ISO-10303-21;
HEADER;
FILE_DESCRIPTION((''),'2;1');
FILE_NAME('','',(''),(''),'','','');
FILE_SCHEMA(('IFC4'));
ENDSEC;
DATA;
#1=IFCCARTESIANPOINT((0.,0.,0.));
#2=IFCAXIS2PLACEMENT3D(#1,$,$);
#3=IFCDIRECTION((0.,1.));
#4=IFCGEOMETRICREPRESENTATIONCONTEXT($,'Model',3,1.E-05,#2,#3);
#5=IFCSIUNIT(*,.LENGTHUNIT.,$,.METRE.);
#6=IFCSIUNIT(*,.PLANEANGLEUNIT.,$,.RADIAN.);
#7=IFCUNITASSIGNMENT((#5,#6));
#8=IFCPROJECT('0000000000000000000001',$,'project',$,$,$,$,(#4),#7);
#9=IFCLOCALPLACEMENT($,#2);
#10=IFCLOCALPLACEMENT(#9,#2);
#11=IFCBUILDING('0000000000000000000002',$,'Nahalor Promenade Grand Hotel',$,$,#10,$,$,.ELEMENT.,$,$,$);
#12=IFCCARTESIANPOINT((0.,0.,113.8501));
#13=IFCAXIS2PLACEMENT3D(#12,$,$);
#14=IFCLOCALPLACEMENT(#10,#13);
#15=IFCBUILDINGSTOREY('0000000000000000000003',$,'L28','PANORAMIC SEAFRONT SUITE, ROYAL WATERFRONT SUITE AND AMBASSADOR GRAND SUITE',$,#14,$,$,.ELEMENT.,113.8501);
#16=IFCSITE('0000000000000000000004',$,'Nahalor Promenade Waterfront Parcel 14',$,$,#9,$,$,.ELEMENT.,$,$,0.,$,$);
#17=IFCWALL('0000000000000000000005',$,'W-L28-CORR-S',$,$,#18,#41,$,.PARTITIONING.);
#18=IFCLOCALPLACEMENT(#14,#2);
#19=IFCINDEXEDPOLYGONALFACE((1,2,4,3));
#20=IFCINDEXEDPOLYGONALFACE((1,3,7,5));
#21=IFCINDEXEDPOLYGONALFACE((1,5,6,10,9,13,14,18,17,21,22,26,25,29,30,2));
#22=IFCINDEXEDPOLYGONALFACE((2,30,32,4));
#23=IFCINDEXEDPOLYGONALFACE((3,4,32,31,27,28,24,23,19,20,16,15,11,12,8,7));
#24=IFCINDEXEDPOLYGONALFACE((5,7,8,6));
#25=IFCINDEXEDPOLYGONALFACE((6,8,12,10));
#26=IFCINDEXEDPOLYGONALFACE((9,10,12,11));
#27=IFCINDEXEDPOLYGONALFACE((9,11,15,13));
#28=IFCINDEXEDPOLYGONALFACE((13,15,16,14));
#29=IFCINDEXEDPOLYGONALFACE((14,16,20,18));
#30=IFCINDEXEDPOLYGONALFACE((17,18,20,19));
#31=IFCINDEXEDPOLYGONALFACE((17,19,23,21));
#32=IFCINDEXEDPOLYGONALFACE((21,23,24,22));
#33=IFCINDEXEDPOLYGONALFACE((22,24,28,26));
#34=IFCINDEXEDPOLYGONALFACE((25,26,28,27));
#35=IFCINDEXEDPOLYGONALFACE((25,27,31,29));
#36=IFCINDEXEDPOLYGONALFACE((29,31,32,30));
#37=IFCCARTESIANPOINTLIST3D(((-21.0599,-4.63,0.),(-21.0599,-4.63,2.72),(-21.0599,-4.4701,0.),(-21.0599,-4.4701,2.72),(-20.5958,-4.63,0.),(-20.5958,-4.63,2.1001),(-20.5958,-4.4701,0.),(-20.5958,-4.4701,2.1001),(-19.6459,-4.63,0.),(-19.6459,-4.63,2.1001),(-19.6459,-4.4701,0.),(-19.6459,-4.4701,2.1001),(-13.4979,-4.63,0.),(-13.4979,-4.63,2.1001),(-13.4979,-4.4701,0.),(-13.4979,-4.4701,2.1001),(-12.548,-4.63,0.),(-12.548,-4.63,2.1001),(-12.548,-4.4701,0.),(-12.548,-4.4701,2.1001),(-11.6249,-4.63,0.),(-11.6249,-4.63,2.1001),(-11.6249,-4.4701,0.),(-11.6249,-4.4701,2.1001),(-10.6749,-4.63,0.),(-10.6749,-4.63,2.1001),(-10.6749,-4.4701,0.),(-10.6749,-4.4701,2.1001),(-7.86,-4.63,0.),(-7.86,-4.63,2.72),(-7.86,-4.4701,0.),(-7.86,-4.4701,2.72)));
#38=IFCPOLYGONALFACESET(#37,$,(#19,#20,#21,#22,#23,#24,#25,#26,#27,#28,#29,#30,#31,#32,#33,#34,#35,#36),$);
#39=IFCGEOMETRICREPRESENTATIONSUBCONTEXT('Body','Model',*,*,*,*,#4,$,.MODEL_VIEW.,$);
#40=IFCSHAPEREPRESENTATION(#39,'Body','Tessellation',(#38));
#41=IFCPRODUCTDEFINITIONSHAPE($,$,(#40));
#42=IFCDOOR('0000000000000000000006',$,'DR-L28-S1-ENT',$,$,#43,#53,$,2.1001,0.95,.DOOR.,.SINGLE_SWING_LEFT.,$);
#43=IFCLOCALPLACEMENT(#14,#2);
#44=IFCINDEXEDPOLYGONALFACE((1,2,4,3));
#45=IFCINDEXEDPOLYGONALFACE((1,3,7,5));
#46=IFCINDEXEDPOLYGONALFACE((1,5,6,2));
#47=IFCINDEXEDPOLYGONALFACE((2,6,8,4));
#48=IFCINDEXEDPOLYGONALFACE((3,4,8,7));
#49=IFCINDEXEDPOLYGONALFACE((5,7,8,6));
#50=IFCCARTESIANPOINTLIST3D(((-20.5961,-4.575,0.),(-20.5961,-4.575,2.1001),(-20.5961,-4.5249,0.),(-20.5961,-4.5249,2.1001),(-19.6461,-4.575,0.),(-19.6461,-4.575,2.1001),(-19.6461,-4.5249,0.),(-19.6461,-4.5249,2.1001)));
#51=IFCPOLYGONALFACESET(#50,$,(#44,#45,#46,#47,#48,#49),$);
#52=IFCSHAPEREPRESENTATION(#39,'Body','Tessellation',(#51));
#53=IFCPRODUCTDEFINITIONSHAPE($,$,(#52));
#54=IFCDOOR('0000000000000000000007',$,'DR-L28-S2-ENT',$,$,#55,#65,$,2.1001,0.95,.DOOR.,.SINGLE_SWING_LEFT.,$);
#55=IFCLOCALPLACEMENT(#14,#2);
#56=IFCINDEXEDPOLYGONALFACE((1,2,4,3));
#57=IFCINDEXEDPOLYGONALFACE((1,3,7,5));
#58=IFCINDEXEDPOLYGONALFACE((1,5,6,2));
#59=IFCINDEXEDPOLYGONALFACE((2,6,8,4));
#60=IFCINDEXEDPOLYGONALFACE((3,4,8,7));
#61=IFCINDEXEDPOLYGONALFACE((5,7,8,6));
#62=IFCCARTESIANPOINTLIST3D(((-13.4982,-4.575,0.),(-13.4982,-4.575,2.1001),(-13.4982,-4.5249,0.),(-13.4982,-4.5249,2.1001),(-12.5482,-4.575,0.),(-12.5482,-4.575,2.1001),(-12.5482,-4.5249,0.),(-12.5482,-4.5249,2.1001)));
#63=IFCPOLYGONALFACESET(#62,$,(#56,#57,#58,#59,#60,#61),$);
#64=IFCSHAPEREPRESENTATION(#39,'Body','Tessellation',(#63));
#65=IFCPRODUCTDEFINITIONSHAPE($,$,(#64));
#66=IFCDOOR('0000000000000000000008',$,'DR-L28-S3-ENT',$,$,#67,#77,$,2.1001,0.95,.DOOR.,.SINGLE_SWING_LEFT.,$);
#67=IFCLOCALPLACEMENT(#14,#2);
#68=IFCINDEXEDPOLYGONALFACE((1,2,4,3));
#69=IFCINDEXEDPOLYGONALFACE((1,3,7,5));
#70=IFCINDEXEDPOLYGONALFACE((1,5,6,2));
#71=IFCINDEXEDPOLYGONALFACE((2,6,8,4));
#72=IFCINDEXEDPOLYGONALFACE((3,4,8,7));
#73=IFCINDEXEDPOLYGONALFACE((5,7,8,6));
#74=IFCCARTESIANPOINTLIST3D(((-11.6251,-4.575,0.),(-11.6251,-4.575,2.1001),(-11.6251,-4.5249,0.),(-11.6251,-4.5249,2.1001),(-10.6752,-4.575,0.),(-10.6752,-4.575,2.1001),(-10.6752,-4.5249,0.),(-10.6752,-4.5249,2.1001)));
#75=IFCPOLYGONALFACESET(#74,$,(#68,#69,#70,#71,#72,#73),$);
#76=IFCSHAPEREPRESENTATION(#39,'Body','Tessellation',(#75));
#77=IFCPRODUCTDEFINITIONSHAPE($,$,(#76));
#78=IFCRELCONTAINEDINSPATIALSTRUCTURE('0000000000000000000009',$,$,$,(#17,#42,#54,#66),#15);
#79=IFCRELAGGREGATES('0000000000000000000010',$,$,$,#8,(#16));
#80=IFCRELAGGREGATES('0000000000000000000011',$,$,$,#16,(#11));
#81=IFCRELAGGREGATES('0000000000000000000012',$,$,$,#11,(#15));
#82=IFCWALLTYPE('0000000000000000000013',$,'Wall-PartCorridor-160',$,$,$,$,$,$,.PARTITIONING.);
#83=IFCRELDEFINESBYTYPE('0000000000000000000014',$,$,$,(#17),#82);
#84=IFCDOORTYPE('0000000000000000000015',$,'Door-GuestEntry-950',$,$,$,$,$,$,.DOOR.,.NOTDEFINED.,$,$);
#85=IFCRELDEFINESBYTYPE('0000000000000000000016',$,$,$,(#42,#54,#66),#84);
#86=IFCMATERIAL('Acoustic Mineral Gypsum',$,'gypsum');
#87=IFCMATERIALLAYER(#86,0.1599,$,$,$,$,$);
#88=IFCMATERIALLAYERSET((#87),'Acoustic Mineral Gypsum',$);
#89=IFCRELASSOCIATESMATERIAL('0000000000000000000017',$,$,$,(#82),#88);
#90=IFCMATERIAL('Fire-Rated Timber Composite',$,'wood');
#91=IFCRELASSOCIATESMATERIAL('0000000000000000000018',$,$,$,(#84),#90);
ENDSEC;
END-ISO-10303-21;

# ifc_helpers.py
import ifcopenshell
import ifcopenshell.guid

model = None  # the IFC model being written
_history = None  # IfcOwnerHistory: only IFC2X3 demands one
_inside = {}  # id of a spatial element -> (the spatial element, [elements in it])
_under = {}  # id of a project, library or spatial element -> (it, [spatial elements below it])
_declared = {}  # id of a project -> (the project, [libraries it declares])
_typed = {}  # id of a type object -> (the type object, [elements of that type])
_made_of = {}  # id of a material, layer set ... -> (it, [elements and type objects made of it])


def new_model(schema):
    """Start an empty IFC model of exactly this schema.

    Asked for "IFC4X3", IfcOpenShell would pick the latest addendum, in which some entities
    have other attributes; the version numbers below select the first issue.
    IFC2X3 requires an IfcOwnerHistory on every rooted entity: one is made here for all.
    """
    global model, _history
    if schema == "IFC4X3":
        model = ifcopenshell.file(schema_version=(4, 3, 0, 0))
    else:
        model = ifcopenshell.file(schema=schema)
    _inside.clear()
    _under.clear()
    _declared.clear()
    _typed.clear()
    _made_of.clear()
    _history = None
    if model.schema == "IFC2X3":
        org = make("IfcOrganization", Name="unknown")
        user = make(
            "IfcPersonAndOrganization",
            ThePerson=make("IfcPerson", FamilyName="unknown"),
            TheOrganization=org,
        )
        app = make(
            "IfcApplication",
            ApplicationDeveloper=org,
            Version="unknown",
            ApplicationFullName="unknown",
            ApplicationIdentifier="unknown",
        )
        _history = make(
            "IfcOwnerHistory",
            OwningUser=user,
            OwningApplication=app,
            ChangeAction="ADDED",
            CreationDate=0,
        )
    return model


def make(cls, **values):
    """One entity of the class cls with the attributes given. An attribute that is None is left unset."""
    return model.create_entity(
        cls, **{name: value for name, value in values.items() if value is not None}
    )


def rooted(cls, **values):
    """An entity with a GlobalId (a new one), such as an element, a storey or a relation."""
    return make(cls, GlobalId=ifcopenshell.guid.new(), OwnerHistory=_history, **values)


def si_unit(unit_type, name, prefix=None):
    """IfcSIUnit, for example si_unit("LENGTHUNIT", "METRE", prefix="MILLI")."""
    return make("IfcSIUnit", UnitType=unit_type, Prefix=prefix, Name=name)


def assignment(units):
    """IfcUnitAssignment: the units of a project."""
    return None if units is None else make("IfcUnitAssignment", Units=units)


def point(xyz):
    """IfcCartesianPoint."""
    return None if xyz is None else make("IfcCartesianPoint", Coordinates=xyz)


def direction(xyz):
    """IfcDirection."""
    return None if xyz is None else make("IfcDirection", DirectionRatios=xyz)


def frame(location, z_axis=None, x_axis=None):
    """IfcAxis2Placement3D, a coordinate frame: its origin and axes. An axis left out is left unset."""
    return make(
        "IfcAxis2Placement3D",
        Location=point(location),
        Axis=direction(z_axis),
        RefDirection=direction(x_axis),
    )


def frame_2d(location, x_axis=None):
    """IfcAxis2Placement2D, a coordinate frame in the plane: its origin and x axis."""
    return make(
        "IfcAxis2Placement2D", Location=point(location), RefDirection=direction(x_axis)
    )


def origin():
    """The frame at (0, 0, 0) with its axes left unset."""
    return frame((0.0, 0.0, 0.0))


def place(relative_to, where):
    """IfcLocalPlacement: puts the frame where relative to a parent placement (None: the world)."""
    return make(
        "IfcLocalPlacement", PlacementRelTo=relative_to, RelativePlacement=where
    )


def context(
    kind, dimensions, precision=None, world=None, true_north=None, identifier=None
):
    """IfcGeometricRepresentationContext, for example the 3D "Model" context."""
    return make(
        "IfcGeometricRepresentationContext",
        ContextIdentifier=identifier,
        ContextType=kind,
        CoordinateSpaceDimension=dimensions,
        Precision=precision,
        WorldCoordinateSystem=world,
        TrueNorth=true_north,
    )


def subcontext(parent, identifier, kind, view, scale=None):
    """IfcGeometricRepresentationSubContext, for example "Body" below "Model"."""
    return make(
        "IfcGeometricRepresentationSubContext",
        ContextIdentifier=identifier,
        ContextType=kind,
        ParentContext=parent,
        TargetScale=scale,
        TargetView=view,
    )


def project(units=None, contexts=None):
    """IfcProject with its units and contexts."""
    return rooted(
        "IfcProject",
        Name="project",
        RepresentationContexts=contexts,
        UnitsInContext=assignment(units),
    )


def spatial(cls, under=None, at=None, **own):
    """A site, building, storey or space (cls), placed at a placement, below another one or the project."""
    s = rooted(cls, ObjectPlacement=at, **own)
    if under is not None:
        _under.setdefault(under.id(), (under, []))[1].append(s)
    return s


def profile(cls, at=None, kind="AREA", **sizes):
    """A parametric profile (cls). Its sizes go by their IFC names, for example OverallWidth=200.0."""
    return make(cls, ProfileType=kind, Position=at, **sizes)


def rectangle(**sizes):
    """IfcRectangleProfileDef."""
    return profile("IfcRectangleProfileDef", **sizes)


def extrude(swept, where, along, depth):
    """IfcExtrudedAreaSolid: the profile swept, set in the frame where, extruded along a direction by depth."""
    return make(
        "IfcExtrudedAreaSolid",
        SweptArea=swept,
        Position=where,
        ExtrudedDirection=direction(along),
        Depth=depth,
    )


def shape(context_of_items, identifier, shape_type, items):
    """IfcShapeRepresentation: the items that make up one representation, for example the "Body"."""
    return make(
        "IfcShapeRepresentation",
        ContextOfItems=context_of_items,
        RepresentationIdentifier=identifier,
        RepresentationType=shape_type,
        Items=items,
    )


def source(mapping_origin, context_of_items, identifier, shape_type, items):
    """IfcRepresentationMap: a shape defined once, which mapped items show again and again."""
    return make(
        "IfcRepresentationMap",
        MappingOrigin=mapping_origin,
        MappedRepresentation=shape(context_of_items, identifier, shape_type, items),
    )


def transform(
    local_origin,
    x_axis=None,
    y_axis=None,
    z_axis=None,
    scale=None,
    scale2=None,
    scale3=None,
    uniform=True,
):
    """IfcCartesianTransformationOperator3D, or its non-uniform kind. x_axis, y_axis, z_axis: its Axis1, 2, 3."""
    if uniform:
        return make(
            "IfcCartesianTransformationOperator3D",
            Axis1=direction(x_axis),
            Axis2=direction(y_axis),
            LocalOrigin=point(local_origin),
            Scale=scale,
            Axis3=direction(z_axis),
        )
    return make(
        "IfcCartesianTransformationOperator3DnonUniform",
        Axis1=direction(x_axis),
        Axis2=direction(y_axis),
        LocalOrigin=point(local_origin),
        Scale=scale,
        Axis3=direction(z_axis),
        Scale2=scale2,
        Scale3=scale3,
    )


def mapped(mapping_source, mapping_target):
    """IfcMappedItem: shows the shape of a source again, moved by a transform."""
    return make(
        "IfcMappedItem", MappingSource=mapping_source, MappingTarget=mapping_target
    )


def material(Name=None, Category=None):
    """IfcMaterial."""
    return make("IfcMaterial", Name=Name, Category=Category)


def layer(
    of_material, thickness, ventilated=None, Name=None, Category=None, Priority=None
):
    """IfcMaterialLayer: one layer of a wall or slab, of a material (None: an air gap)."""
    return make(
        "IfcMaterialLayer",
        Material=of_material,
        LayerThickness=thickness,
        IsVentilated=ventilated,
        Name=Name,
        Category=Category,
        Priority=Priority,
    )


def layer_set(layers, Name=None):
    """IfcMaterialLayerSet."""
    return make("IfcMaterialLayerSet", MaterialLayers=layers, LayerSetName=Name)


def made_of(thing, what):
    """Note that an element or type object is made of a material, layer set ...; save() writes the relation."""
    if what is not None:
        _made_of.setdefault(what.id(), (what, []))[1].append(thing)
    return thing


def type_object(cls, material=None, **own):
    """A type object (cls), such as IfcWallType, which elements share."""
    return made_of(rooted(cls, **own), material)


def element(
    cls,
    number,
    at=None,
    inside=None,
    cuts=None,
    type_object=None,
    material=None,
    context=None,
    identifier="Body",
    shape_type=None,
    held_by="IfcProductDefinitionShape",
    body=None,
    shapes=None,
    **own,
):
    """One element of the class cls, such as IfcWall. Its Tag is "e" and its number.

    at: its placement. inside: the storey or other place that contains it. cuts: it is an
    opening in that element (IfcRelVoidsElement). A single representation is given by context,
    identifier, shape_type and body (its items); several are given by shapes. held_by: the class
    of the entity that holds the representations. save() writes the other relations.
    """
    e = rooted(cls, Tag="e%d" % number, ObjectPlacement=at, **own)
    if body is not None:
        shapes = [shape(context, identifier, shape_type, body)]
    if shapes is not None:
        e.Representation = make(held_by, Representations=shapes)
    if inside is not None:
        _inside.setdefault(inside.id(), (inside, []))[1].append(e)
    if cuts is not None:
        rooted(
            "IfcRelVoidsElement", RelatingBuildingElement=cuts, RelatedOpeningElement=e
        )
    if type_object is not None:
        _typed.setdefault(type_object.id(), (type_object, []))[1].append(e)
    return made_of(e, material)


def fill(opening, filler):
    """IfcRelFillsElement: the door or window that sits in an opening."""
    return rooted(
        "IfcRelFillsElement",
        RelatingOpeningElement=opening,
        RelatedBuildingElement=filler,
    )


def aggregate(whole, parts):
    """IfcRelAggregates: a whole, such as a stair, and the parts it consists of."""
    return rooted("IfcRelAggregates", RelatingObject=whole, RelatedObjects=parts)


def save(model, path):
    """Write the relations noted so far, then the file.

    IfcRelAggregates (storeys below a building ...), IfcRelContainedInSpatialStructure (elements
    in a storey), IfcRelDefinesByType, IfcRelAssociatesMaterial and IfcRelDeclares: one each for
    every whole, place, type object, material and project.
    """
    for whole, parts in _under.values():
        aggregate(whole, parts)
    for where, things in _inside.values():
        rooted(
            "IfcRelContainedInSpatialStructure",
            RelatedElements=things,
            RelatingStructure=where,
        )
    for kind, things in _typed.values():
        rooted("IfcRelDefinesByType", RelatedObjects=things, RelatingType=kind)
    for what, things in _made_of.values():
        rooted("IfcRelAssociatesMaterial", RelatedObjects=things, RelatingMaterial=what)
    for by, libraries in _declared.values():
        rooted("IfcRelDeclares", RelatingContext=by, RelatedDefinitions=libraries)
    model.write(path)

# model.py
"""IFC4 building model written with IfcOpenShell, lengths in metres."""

from ifc_helpers import new_model, si_unit, direction, frame, frame_2d, origin, place, context, subcontext, project, spatial, rectangle, extrude, source, transform, mapped, material, layer, layer_set, type_object, element, fill, save


model = new_model("IFC4")

# Units and contexts
model_context = context("Model", 3, precision=1e-05, world=origin(), true_north=direction((0.0, 1.0)))
body_context = subcontext(model_context, "Body", "Model", "MODEL_VIEW")
ifc_project = project(units=[si_unit("LENGTHUNIT", "METRE"), si_unit("PLANEANGLEUNIT", "RADIAN")], contexts=[model_context])

# Site, building, storey
site_placement = place(None, origin())
site = spatial("IfcSite", under=ifc_project, at=site_placement, Name="Nahalor Promenade Waterfront Parcel 14", CompositionType="ELEMENT", RefElevation=0.0)
building_placement = place(site_placement, origin())
building = spatial("IfcBuilding", under=site, at=building_placement, Name="Nahalor Promenade Grand Hotel", CompositionType="ELEMENT")
storey_placement = place(building_placement, frame((0.0, 0.0, 113.8501)))
storey = spatial("IfcBuildingStorey", under=building, at=storey_placement, Name="L28", Description="PANORAMIC SEAFRONT SUITE, ROYAL WATERFRONT SUITE AND AMBASSADOR GRAND SUITE", CompositionType="ELEMENT", Elevation=113.8501)

# Wall, openings, doors
ifc_material_1 = material(Name="Acoustic Mineral Gypsum", Category="gypsum")
ifc_layer_1 = layer(ifc_material_1, 0.1599)
ifc_layer_set_1 = layer_set([ifc_layer_1], Name="Acoustic Mineral Gypsum")
wall_type_1 = type_object("IfcWallType", Name="Wall-PartCorridor-160", PredefinedType="PARTITIONING", material=ifc_layer_set_1)
shared_shape_1 = source(origin(), body_context, "Body", "SweptSolid", [
    extrude(rectangle(XDim=13.2, YDim=0.1599, at=frame_2d((6.6001, 0.0))), origin(), (0.0, 0.0, 1.0), 2.72),
])
wall_1_placement = place(storey_placement, frame((-21.0601, -4.55, 0.0), z_axis=(0.0, 0.0, 1.0), x_axis=(1.0, 0.0, 0.0)))
wall_1 = element("IfcWall", 1, at=wall_1_placement, inside=storey, type_object=wall_type_1, Name="W-L28-CORR-S", PredefinedType="PARTITIONING", context=body_context, shape_type="MappedRepresentation", body=[
    mapped(shared_shape_1, transform((0.0, 0.0, 0.0), scale=1.0)),
])
opening_1_placement = place(wall_1_placement, frame((0.4641, 0.0, 0.0)))
opening_1 = element("IfcOpeningElement", 2, at=opening_1_placement, cuts=wall_1, PredefinedType="OPENING", context=body_context, shape_type="SweptSolid", body=[
    extrude(rectangle(XDim=0.95, YDim=2.1001, at=frame_2d((0.4751, 1.05))), frame((0.0, 0.0898, 0.0), z_axis=(0.0, -1.0, 0.0), x_axis=(1.0, 0.0, 0.0)), (0.0, 0.0, 1.0), 0.1799),
])
opening_2_placement = place(wall_1_placement, frame((7.562, 0.0, 0.0)))
opening_2 = element("IfcOpeningElement", 3, at=opening_2_placement, cuts=wall_1, PredefinedType="OPENING", context=body_context, shape_type="SweptSolid", body=[
    extrude(rectangle(XDim=0.95, YDim=2.1001, at=frame_2d((0.4751, 1.05))), frame((0.0, 0.0898, 0.0), z_axis=(0.0, -1.0, 0.0), x_axis=(1.0, 0.0, 0.0)), (0.0, 0.0, 1.0), 0.1799),
])
opening_3_placement = place(wall_1_placement, frame((9.4351, 0.0, 0.0)))
opening_3 = element("IfcOpeningElement", 4, at=opening_3_placement, cuts=wall_1, PredefinedType="OPENING", context=body_context, shape_type="SweptSolid", body=[
    extrude(rectangle(XDim=0.95, YDim=2.1001, at=frame_2d((0.4751, 1.05))), frame((0.0, 0.0898, 0.0), z_axis=(0.0, -1.0, 0.0), x_axis=(1.0, 0.0, 0.0)), (0.0, 0.0, 1.0), 0.1799),
])
ifc_material_2 = material(Name="Fire-Rated Timber Composite", Category="wood")
door_type = type_object("IfcDoorType", Name="Door-GuestEntry-950", OperationType="NOTDEFINED", PredefinedType="DOOR", material=ifc_material_2)
shared_shape_2 = source(origin(), body_context, "Body", "SweptSolid", [
    extrude(rectangle(XDim=0.95, YDim=2.1001, at=frame_2d((0.4751, 1.05))), frame((0.0, 0.0249, 0.0), z_axis=(0.0, -1.0, 0.0), x_axis=(1.0, 0.0, 0.0)), (0.0, 0.0, 1.0), 0.05),
])
door_1_placement = place(opening_1_placement, frame((0.95, 0.0, 0.0), z_axis=(0.0, 0.0, 1.0), x_axis=(-1.0, 0.0, 0.0)))
door_1 = element("IfcDoor", 5, at=door_1_placement, inside=storey, type_object=door_type, Name="DR-L28-S1-ENT", OperationType="SINGLE_SWING_LEFT", OverallHeight=2.1001, OverallWidth=0.95, PredefinedType="DOOR", context=body_context, shape_type="MappedRepresentation", body=[
    mapped(shared_shape_2, transform((0.0, 0.0, 0.0), scale=1.0)),
])
fill(opening_1, door_1)
door_2_placement = place(opening_2_placement, frame((0.95, 0.0, 0.0), z_axis=(0.0, 0.0, 1.0), x_axis=(-1.0, 0.0, 0.0)))
door_2 = element("IfcDoor", 6, at=door_2_placement, inside=storey, type_object=door_type, Name="DR-L28-S2-ENT", OperationType="SINGLE_SWING_LEFT", OverallHeight=2.1001, OverallWidth=0.95, PredefinedType="DOOR", context=body_context, shape_type="MappedRepresentation", body=[
    mapped(shared_shape_2, transform((0.0, 0.0, 0.0), scale=1.0)),
])
fill(opening_2, door_2)
door_3_placement = place(opening_3_placement, frame((0.95, 0.0, 0.0), z_axis=(0.0, 0.0, 1.0), x_axis=(-1.0, 0.0, 0.0)))
door_3 = element("IfcDoor", 7, at=door_3_placement, inside=storey, type_object=door_type, Name="DR-L28-S3-ENT", OperationType="SINGLE_SWING_LEFT", OverallHeight=2.1001, OverallWidth=0.95, PredefinedType="DOOR", context=body_context, shape_type="MappedRepresentation", body=[
    mapped(shared_shape_2, transform((0.0, 0.0, 0.0), scale=1.0)),
])
fill(opening_3, door_3)

save(model, "model.ifc")
